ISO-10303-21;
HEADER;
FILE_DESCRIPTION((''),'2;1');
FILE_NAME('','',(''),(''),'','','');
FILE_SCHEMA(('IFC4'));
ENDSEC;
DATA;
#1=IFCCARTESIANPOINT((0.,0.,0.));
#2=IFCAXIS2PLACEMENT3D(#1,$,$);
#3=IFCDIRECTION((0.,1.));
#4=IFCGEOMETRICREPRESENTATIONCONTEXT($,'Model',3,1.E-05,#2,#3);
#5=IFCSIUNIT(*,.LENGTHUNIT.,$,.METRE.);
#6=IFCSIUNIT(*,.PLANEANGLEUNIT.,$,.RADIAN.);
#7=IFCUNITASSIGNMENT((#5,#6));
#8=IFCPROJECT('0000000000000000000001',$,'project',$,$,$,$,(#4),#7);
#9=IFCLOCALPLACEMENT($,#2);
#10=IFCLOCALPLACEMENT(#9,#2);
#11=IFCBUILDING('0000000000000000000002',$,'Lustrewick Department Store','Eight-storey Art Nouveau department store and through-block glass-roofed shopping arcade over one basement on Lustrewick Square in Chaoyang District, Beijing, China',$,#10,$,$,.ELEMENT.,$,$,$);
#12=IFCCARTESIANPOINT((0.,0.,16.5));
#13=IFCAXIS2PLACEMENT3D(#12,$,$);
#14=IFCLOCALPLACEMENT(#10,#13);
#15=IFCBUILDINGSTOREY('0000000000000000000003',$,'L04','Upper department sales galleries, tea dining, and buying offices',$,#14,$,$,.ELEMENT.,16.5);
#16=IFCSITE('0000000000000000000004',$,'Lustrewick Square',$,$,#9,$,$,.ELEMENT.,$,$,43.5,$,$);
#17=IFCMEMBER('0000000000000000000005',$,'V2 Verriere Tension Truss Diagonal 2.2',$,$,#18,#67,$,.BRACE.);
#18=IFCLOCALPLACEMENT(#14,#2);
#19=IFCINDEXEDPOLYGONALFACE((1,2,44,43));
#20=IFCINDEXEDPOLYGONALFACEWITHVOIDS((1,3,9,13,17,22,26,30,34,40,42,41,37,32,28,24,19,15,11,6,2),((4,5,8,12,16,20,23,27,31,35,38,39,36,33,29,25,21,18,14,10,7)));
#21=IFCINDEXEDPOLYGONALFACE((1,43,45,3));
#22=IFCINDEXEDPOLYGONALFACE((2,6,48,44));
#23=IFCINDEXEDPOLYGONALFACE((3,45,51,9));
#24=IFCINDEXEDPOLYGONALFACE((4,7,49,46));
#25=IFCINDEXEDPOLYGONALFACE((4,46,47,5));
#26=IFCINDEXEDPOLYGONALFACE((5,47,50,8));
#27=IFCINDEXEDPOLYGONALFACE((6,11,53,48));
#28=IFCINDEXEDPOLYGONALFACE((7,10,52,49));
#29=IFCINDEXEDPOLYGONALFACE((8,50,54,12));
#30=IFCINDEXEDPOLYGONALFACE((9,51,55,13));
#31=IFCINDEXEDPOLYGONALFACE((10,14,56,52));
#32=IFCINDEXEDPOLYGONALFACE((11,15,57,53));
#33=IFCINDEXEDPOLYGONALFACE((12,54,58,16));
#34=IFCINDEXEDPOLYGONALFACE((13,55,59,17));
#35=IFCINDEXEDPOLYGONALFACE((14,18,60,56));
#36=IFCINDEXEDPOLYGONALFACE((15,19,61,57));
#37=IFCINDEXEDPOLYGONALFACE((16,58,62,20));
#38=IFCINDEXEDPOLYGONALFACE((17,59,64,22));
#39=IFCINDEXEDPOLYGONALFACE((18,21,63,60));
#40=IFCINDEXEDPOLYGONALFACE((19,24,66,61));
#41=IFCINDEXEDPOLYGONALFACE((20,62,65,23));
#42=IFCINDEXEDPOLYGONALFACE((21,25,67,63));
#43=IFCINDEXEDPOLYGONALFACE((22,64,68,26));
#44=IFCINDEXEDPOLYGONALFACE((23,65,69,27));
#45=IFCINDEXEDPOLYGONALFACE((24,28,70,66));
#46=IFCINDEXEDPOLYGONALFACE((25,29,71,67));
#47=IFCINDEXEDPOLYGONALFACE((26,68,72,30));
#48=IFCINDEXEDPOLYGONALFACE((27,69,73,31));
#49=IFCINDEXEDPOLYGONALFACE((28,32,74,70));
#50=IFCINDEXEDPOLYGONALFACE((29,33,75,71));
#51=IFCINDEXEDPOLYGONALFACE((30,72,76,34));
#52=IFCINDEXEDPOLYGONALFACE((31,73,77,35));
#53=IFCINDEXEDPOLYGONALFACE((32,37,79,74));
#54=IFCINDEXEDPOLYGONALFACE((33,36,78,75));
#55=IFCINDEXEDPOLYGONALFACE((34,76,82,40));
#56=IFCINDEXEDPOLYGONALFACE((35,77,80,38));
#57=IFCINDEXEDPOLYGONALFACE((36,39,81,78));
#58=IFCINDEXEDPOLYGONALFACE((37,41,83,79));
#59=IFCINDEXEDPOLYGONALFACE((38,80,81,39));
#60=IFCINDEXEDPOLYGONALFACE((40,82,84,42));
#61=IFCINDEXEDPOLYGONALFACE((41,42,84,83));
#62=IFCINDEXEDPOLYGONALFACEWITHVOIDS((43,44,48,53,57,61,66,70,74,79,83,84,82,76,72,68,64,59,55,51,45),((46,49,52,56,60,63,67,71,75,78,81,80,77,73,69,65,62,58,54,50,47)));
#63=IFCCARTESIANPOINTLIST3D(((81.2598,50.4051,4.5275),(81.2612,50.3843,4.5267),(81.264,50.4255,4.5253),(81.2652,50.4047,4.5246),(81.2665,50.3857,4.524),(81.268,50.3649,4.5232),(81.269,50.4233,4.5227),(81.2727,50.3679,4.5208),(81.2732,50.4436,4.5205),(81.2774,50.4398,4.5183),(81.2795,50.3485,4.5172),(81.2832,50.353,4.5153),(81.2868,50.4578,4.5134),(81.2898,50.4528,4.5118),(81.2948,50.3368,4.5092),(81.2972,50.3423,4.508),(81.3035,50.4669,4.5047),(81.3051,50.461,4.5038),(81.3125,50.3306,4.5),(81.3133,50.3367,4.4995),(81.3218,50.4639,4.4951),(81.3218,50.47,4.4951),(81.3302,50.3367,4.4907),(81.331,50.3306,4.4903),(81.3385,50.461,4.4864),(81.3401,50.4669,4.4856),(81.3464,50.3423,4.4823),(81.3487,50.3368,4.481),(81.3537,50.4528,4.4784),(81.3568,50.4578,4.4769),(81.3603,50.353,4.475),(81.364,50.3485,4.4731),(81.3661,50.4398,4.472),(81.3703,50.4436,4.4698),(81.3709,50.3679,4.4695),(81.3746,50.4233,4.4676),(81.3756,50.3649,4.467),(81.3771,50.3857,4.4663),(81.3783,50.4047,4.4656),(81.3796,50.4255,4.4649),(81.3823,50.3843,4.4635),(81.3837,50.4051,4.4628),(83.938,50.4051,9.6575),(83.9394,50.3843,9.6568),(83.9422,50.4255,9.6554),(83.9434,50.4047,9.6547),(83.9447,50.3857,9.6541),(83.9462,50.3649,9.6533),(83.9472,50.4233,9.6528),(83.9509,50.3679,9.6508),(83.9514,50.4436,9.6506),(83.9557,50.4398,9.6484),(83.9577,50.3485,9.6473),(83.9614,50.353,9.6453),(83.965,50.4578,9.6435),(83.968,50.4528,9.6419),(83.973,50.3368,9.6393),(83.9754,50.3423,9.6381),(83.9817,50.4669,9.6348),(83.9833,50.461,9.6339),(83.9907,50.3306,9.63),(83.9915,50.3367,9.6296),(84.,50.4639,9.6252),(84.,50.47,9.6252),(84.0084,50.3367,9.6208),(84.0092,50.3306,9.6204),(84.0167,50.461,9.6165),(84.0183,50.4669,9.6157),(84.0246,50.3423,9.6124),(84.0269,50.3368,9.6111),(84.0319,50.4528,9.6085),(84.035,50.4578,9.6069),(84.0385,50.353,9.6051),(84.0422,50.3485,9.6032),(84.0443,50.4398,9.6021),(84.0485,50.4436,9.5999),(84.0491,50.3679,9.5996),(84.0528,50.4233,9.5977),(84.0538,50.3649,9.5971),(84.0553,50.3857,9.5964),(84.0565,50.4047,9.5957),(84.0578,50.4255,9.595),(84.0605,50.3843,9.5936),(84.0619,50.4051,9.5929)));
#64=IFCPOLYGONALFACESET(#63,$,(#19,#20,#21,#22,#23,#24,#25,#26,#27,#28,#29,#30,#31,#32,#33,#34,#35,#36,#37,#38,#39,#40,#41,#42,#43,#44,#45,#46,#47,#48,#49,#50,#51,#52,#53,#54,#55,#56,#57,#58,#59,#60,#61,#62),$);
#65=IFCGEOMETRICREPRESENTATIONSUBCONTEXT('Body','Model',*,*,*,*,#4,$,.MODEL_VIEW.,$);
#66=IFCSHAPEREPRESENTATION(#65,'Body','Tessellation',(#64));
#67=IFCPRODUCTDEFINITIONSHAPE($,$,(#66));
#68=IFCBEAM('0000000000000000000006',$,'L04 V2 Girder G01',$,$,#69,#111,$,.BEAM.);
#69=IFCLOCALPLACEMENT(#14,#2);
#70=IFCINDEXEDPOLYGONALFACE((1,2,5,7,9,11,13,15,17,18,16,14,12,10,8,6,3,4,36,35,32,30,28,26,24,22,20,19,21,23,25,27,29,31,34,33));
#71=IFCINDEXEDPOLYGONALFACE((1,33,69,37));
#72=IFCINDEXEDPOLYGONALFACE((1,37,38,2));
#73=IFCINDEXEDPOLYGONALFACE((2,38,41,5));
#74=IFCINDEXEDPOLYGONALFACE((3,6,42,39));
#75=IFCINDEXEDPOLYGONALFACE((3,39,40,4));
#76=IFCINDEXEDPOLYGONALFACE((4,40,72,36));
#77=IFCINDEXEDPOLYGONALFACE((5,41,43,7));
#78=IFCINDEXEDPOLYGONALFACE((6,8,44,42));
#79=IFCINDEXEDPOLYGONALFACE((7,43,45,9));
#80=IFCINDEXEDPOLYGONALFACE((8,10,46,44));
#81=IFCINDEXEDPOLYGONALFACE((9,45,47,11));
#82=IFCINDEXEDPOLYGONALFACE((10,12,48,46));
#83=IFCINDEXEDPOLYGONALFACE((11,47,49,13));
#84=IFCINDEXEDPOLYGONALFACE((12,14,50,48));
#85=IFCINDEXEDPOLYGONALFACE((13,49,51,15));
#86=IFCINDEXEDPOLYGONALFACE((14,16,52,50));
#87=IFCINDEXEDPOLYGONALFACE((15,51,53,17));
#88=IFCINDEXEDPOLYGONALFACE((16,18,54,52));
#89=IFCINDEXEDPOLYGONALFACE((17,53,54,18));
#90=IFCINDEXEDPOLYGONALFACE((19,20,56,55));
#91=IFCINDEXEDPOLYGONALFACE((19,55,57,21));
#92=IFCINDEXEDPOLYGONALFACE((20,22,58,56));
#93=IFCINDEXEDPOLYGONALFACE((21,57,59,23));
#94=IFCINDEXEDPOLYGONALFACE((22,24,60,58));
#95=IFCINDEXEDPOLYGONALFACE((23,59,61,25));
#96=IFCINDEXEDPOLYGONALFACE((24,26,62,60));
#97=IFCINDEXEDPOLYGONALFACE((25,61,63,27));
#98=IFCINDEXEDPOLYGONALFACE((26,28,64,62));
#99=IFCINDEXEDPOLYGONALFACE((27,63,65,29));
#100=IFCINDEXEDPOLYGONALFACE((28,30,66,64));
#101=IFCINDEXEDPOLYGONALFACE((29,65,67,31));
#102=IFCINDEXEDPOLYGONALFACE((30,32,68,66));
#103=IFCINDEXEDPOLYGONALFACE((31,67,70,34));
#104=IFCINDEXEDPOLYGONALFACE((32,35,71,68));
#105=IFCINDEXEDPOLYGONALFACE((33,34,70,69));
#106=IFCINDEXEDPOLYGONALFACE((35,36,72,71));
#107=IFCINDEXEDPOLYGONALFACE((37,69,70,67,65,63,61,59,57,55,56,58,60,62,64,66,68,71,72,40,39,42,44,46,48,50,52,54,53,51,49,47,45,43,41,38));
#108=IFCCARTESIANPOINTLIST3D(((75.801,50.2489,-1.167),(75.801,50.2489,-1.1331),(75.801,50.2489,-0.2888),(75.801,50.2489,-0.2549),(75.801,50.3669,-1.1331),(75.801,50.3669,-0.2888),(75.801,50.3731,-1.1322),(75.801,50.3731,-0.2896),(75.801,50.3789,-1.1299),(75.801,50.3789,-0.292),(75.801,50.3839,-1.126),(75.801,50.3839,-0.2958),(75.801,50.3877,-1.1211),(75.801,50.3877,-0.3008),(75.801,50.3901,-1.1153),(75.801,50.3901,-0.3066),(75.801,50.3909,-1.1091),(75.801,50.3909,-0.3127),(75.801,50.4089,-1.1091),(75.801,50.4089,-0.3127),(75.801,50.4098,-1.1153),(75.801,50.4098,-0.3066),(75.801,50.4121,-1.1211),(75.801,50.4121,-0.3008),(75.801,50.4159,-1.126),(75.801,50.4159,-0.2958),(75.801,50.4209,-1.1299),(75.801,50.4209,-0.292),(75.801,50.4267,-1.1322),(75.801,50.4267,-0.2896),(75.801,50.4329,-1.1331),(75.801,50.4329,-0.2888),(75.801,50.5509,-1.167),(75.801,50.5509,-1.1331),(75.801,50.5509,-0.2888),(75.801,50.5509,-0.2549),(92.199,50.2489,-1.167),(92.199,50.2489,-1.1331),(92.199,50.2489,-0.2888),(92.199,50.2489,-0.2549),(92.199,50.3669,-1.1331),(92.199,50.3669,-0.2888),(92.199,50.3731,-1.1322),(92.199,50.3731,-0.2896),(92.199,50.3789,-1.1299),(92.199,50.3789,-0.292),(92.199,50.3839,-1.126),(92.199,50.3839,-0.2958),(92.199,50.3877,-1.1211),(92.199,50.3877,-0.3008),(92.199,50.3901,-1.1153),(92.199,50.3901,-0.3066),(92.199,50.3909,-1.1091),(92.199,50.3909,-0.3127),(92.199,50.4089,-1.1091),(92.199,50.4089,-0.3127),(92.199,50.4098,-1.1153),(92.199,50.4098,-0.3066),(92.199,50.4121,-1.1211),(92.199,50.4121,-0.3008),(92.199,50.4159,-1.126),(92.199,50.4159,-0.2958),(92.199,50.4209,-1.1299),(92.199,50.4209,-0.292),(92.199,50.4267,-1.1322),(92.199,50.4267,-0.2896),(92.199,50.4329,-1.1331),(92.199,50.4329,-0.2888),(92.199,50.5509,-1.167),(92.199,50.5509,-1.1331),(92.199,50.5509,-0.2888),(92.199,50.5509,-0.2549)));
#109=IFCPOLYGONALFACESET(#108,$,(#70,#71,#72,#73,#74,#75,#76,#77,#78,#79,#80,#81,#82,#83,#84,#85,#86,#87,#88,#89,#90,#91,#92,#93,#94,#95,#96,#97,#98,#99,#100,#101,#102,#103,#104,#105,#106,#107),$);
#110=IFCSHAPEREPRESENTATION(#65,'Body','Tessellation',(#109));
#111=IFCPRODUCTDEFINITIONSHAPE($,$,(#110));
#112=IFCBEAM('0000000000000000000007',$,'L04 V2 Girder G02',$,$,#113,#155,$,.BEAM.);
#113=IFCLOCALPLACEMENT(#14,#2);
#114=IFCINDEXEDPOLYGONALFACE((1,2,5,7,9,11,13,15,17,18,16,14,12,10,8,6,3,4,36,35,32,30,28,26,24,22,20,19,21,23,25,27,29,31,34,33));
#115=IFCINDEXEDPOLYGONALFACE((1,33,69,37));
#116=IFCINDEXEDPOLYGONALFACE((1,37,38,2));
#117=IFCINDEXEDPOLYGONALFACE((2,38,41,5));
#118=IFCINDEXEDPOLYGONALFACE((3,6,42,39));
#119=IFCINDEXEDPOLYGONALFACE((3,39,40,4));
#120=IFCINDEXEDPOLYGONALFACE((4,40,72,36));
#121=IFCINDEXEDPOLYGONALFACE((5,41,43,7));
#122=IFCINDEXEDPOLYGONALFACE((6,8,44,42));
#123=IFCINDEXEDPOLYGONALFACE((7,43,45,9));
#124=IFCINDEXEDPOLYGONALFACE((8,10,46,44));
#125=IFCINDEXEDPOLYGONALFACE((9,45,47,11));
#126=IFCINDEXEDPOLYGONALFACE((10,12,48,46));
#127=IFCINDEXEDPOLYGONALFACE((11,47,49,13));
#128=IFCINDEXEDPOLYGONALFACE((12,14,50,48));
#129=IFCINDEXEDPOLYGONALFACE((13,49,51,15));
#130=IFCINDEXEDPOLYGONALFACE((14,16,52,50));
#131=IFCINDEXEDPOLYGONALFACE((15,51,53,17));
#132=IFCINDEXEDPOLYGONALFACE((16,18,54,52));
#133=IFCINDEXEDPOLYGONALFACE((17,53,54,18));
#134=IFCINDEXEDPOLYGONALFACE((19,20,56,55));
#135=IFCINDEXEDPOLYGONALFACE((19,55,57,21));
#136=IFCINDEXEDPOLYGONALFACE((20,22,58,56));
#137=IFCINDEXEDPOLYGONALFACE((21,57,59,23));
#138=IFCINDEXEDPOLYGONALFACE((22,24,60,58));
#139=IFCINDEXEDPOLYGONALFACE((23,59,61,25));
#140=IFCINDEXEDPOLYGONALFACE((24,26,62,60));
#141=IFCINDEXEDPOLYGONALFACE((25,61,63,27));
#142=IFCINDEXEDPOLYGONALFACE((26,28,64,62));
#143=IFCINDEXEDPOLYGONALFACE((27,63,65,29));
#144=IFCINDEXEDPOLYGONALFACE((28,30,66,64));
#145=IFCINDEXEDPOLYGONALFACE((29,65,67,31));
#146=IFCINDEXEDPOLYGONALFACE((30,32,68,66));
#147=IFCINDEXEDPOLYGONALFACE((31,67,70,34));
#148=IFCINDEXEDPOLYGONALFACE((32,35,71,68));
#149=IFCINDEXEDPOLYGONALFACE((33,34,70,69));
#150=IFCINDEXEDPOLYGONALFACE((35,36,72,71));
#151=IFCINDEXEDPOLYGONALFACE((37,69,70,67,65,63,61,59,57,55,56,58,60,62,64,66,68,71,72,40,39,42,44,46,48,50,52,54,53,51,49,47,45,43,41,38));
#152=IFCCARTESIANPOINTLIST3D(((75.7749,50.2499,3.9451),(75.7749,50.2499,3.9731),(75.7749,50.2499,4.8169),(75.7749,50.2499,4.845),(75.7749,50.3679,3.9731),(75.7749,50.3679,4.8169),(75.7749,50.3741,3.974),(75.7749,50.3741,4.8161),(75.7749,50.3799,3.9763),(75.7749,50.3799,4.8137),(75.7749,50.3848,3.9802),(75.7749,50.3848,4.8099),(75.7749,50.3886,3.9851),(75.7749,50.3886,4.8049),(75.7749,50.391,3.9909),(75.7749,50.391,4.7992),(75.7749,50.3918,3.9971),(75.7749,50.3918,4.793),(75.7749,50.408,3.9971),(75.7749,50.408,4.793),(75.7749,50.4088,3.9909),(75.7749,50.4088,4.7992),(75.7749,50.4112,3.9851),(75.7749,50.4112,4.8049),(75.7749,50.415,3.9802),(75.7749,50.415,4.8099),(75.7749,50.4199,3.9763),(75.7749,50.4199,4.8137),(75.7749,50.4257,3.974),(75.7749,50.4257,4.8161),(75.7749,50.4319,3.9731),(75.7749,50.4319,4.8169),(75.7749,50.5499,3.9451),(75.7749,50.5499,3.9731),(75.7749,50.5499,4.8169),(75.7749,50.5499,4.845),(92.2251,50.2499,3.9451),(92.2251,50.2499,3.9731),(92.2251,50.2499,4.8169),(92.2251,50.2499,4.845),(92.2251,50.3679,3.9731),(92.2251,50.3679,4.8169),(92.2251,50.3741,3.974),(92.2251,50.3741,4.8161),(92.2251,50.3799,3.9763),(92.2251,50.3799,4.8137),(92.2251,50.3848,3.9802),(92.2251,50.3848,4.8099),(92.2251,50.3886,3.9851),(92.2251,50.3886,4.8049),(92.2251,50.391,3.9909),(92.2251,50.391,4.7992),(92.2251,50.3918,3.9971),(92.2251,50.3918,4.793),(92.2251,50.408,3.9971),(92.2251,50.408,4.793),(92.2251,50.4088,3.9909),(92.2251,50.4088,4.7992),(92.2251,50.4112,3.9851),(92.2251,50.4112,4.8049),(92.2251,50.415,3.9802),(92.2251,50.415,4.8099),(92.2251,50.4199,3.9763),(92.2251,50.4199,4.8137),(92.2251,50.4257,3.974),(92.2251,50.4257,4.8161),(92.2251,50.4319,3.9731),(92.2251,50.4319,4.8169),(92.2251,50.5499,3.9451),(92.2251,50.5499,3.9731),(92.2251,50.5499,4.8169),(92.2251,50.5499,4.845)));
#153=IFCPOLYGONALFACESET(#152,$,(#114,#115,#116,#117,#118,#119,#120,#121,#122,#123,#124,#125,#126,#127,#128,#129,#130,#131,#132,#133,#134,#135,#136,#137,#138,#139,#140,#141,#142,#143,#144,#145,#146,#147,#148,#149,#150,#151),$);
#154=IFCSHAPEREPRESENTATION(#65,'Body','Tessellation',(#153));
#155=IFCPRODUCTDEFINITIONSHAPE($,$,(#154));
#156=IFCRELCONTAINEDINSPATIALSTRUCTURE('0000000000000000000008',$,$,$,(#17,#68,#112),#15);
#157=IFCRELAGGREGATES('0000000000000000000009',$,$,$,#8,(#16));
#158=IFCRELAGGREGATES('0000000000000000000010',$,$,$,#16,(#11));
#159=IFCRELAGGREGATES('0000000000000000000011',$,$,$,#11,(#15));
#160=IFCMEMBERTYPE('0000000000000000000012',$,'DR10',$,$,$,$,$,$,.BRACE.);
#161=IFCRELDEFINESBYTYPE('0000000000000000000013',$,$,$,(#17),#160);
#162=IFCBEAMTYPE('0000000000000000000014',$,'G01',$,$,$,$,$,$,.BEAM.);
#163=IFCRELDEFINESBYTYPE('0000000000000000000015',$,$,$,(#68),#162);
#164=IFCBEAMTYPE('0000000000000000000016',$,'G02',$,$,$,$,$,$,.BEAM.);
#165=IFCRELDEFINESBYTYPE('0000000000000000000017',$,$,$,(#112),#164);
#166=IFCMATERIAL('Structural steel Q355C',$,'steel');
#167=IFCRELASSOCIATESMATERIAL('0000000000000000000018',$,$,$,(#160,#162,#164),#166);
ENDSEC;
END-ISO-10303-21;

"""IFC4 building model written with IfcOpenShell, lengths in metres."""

from ifc_helpers import new_model, si_unit, direction, frame, origin, origin_2d, place, context, subcontext, project, spatial, hollow_circle, i_section, extrude, material, material_profile, profile_set, type_object, element, save


model = new_model("IFC4")

# Units and contexts
model_context = context("Model", 3, precision=1e-05, world=origin(), true_north=direction((0.0, 1.0)))
body_context = subcontext(model_context, "Body", "Model", "MODEL_VIEW")
ifc_project = project(units=[si_unit("LENGTHUNIT", "METRE"), si_unit("PLANEANGLEUNIT", "RADIAN")], contexts=[model_context])

# Site, building, storey
site_placement = place(None, origin())
site = spatial("IfcSite", under=ifc_project, at=site_placement, Name="Lustrewick Square", CompositionType="ELEMENT", RefElevation=43.5)
building_placement = place(site_placement, origin())
building = spatial("IfcBuilding", under=site, at=building_placement, Name="Lustrewick Department Store", Description="Eight-storey Art Nouveau department store and through-block glass-roofed shopping arcade over one basement on Lustrewick Square in Chaoyang District, Beijing, China", CompositionType="ELEMENT")
storey_placement = place(building_placement, frame((0.0, 0.0, 16.5)))
storey = spatial("IfcBuildingStorey", under=building, at=storey_placement, Name="L04", Description="Upper department sales galleries, tea dining, and buying offices", CompositionType="ELEMENT", Elevation=16.5)

# Member
ifc_material_1 = material(Name="Structural steel Q355C", Category="steel")
ifc_material_profile_1 = material_profile(ifc_material_1, hollow_circle(Radius=0.0701, WallThickness=0.0061, at=origin_2d()), Name="CHS 140x6")
ifc_profile_set_1 = profile_set([ifc_material_profile_1], Name="Structural steel Q355C")
member_type_1 = type_object("IfcMemberType", Name="DR10", PredefinedType="BRACE", material=ifc_profile_set_1)
member_1_placement = place(storey_placement, frame((81.3218, 50.3999, 4.4951), z_axis=(0.462788, 0.0, 0.886469), x_axis=(0.0, 1.0, 0.0)))
element("IfcMember", 1, at=member_1_placement, inside=storey, type_object=member_type_1, Name="V2 Verriere Tension Truss Diagonal 2.2", PredefinedType="BRACE", context=body_context, shape_type="SweptSolid", body=[
    extrude(hollow_circle(Radius=0.0701, WallThickness=0.0061, at=origin_2d()), origin(), (0.0, 0.0, 1.0), 5.7871),
])

# Beams
ifc_material_profile_2 = material_profile(ifc_material_1, i_section(OverallWidth=0.302, OverallDepth=0.9121, WebThickness=0.0181, FlangeThickness=0.0339, FilletRadius=0.0239, at=origin_2d()), Name="HN 912x302x18x34")
ifc_profile_set_2 = profile_set([ifc_material_profile_2], Name="Structural steel Q355C")
beam_type_1 = type_object("IfcBeamType", Name="G01", PredefinedType="BEAM", material=ifc_profile_set_2)
beam_1_placement = place(storey_placement, frame((75.801, 50.3999, -0.7109), z_axis=(1.0, 0.0, 0.0), x_axis=(0.0, 1.0, 0.0)))
element("IfcBeam", 2, at=beam_1_placement, inside=storey, type_object=beam_type_1, Name="L04 V2 Girder G01", PredefinedType="BEAM", context=body_context, shape_type="SweptSolid", body=[
    extrude(i_section(OverallWidth=0.302, OverallDepth=0.9121, WebThickness=0.0181, FlangeThickness=0.0339, FilletRadius=0.0239, at=origin_2d()), origin(), (0.0, 0.0, 1.0), 16.3979),
])
ifc_material_profile_3 = material_profile(ifc_material_1, i_section(OverallWidth=0.3, OverallDepth=0.8999, WebThickness=0.0161, FlangeThickness=0.0281, FilletRadius=0.0239, at=origin_2d()), Name="HN 900x300x16x28")
ifc_profile_set_3 = profile_set([ifc_material_profile_3], Name="Structural steel Q355C")
beam_type_2 = type_object("IfcBeamType", Name="G02", PredefinedType="BEAM", material=ifc_profile_set_3)
beam_2_placement = place(storey_placement, frame((75.7749, 50.3999, 4.395), z_axis=(1.0, 0.0, 0.0), x_axis=(0.0, 1.0, 0.0)))
element("IfcBeam", 3, at=beam_2_placement, inside=storey, type_object=beam_type_2, Name="L04 V2 Girder G02", PredefinedType="BEAM", context=body_context, shape_type="SweptSolid", body=[
    extrude(i_section(OverallWidth=0.3, OverallDepth=0.8999, WebThickness=0.0161, FlangeThickness=0.0281, FilletRadius=0.0239, at=origin_2d()), origin(), (0.0, 0.0, 1.0), 16.4502),
])

save(model, "model.ifc")
